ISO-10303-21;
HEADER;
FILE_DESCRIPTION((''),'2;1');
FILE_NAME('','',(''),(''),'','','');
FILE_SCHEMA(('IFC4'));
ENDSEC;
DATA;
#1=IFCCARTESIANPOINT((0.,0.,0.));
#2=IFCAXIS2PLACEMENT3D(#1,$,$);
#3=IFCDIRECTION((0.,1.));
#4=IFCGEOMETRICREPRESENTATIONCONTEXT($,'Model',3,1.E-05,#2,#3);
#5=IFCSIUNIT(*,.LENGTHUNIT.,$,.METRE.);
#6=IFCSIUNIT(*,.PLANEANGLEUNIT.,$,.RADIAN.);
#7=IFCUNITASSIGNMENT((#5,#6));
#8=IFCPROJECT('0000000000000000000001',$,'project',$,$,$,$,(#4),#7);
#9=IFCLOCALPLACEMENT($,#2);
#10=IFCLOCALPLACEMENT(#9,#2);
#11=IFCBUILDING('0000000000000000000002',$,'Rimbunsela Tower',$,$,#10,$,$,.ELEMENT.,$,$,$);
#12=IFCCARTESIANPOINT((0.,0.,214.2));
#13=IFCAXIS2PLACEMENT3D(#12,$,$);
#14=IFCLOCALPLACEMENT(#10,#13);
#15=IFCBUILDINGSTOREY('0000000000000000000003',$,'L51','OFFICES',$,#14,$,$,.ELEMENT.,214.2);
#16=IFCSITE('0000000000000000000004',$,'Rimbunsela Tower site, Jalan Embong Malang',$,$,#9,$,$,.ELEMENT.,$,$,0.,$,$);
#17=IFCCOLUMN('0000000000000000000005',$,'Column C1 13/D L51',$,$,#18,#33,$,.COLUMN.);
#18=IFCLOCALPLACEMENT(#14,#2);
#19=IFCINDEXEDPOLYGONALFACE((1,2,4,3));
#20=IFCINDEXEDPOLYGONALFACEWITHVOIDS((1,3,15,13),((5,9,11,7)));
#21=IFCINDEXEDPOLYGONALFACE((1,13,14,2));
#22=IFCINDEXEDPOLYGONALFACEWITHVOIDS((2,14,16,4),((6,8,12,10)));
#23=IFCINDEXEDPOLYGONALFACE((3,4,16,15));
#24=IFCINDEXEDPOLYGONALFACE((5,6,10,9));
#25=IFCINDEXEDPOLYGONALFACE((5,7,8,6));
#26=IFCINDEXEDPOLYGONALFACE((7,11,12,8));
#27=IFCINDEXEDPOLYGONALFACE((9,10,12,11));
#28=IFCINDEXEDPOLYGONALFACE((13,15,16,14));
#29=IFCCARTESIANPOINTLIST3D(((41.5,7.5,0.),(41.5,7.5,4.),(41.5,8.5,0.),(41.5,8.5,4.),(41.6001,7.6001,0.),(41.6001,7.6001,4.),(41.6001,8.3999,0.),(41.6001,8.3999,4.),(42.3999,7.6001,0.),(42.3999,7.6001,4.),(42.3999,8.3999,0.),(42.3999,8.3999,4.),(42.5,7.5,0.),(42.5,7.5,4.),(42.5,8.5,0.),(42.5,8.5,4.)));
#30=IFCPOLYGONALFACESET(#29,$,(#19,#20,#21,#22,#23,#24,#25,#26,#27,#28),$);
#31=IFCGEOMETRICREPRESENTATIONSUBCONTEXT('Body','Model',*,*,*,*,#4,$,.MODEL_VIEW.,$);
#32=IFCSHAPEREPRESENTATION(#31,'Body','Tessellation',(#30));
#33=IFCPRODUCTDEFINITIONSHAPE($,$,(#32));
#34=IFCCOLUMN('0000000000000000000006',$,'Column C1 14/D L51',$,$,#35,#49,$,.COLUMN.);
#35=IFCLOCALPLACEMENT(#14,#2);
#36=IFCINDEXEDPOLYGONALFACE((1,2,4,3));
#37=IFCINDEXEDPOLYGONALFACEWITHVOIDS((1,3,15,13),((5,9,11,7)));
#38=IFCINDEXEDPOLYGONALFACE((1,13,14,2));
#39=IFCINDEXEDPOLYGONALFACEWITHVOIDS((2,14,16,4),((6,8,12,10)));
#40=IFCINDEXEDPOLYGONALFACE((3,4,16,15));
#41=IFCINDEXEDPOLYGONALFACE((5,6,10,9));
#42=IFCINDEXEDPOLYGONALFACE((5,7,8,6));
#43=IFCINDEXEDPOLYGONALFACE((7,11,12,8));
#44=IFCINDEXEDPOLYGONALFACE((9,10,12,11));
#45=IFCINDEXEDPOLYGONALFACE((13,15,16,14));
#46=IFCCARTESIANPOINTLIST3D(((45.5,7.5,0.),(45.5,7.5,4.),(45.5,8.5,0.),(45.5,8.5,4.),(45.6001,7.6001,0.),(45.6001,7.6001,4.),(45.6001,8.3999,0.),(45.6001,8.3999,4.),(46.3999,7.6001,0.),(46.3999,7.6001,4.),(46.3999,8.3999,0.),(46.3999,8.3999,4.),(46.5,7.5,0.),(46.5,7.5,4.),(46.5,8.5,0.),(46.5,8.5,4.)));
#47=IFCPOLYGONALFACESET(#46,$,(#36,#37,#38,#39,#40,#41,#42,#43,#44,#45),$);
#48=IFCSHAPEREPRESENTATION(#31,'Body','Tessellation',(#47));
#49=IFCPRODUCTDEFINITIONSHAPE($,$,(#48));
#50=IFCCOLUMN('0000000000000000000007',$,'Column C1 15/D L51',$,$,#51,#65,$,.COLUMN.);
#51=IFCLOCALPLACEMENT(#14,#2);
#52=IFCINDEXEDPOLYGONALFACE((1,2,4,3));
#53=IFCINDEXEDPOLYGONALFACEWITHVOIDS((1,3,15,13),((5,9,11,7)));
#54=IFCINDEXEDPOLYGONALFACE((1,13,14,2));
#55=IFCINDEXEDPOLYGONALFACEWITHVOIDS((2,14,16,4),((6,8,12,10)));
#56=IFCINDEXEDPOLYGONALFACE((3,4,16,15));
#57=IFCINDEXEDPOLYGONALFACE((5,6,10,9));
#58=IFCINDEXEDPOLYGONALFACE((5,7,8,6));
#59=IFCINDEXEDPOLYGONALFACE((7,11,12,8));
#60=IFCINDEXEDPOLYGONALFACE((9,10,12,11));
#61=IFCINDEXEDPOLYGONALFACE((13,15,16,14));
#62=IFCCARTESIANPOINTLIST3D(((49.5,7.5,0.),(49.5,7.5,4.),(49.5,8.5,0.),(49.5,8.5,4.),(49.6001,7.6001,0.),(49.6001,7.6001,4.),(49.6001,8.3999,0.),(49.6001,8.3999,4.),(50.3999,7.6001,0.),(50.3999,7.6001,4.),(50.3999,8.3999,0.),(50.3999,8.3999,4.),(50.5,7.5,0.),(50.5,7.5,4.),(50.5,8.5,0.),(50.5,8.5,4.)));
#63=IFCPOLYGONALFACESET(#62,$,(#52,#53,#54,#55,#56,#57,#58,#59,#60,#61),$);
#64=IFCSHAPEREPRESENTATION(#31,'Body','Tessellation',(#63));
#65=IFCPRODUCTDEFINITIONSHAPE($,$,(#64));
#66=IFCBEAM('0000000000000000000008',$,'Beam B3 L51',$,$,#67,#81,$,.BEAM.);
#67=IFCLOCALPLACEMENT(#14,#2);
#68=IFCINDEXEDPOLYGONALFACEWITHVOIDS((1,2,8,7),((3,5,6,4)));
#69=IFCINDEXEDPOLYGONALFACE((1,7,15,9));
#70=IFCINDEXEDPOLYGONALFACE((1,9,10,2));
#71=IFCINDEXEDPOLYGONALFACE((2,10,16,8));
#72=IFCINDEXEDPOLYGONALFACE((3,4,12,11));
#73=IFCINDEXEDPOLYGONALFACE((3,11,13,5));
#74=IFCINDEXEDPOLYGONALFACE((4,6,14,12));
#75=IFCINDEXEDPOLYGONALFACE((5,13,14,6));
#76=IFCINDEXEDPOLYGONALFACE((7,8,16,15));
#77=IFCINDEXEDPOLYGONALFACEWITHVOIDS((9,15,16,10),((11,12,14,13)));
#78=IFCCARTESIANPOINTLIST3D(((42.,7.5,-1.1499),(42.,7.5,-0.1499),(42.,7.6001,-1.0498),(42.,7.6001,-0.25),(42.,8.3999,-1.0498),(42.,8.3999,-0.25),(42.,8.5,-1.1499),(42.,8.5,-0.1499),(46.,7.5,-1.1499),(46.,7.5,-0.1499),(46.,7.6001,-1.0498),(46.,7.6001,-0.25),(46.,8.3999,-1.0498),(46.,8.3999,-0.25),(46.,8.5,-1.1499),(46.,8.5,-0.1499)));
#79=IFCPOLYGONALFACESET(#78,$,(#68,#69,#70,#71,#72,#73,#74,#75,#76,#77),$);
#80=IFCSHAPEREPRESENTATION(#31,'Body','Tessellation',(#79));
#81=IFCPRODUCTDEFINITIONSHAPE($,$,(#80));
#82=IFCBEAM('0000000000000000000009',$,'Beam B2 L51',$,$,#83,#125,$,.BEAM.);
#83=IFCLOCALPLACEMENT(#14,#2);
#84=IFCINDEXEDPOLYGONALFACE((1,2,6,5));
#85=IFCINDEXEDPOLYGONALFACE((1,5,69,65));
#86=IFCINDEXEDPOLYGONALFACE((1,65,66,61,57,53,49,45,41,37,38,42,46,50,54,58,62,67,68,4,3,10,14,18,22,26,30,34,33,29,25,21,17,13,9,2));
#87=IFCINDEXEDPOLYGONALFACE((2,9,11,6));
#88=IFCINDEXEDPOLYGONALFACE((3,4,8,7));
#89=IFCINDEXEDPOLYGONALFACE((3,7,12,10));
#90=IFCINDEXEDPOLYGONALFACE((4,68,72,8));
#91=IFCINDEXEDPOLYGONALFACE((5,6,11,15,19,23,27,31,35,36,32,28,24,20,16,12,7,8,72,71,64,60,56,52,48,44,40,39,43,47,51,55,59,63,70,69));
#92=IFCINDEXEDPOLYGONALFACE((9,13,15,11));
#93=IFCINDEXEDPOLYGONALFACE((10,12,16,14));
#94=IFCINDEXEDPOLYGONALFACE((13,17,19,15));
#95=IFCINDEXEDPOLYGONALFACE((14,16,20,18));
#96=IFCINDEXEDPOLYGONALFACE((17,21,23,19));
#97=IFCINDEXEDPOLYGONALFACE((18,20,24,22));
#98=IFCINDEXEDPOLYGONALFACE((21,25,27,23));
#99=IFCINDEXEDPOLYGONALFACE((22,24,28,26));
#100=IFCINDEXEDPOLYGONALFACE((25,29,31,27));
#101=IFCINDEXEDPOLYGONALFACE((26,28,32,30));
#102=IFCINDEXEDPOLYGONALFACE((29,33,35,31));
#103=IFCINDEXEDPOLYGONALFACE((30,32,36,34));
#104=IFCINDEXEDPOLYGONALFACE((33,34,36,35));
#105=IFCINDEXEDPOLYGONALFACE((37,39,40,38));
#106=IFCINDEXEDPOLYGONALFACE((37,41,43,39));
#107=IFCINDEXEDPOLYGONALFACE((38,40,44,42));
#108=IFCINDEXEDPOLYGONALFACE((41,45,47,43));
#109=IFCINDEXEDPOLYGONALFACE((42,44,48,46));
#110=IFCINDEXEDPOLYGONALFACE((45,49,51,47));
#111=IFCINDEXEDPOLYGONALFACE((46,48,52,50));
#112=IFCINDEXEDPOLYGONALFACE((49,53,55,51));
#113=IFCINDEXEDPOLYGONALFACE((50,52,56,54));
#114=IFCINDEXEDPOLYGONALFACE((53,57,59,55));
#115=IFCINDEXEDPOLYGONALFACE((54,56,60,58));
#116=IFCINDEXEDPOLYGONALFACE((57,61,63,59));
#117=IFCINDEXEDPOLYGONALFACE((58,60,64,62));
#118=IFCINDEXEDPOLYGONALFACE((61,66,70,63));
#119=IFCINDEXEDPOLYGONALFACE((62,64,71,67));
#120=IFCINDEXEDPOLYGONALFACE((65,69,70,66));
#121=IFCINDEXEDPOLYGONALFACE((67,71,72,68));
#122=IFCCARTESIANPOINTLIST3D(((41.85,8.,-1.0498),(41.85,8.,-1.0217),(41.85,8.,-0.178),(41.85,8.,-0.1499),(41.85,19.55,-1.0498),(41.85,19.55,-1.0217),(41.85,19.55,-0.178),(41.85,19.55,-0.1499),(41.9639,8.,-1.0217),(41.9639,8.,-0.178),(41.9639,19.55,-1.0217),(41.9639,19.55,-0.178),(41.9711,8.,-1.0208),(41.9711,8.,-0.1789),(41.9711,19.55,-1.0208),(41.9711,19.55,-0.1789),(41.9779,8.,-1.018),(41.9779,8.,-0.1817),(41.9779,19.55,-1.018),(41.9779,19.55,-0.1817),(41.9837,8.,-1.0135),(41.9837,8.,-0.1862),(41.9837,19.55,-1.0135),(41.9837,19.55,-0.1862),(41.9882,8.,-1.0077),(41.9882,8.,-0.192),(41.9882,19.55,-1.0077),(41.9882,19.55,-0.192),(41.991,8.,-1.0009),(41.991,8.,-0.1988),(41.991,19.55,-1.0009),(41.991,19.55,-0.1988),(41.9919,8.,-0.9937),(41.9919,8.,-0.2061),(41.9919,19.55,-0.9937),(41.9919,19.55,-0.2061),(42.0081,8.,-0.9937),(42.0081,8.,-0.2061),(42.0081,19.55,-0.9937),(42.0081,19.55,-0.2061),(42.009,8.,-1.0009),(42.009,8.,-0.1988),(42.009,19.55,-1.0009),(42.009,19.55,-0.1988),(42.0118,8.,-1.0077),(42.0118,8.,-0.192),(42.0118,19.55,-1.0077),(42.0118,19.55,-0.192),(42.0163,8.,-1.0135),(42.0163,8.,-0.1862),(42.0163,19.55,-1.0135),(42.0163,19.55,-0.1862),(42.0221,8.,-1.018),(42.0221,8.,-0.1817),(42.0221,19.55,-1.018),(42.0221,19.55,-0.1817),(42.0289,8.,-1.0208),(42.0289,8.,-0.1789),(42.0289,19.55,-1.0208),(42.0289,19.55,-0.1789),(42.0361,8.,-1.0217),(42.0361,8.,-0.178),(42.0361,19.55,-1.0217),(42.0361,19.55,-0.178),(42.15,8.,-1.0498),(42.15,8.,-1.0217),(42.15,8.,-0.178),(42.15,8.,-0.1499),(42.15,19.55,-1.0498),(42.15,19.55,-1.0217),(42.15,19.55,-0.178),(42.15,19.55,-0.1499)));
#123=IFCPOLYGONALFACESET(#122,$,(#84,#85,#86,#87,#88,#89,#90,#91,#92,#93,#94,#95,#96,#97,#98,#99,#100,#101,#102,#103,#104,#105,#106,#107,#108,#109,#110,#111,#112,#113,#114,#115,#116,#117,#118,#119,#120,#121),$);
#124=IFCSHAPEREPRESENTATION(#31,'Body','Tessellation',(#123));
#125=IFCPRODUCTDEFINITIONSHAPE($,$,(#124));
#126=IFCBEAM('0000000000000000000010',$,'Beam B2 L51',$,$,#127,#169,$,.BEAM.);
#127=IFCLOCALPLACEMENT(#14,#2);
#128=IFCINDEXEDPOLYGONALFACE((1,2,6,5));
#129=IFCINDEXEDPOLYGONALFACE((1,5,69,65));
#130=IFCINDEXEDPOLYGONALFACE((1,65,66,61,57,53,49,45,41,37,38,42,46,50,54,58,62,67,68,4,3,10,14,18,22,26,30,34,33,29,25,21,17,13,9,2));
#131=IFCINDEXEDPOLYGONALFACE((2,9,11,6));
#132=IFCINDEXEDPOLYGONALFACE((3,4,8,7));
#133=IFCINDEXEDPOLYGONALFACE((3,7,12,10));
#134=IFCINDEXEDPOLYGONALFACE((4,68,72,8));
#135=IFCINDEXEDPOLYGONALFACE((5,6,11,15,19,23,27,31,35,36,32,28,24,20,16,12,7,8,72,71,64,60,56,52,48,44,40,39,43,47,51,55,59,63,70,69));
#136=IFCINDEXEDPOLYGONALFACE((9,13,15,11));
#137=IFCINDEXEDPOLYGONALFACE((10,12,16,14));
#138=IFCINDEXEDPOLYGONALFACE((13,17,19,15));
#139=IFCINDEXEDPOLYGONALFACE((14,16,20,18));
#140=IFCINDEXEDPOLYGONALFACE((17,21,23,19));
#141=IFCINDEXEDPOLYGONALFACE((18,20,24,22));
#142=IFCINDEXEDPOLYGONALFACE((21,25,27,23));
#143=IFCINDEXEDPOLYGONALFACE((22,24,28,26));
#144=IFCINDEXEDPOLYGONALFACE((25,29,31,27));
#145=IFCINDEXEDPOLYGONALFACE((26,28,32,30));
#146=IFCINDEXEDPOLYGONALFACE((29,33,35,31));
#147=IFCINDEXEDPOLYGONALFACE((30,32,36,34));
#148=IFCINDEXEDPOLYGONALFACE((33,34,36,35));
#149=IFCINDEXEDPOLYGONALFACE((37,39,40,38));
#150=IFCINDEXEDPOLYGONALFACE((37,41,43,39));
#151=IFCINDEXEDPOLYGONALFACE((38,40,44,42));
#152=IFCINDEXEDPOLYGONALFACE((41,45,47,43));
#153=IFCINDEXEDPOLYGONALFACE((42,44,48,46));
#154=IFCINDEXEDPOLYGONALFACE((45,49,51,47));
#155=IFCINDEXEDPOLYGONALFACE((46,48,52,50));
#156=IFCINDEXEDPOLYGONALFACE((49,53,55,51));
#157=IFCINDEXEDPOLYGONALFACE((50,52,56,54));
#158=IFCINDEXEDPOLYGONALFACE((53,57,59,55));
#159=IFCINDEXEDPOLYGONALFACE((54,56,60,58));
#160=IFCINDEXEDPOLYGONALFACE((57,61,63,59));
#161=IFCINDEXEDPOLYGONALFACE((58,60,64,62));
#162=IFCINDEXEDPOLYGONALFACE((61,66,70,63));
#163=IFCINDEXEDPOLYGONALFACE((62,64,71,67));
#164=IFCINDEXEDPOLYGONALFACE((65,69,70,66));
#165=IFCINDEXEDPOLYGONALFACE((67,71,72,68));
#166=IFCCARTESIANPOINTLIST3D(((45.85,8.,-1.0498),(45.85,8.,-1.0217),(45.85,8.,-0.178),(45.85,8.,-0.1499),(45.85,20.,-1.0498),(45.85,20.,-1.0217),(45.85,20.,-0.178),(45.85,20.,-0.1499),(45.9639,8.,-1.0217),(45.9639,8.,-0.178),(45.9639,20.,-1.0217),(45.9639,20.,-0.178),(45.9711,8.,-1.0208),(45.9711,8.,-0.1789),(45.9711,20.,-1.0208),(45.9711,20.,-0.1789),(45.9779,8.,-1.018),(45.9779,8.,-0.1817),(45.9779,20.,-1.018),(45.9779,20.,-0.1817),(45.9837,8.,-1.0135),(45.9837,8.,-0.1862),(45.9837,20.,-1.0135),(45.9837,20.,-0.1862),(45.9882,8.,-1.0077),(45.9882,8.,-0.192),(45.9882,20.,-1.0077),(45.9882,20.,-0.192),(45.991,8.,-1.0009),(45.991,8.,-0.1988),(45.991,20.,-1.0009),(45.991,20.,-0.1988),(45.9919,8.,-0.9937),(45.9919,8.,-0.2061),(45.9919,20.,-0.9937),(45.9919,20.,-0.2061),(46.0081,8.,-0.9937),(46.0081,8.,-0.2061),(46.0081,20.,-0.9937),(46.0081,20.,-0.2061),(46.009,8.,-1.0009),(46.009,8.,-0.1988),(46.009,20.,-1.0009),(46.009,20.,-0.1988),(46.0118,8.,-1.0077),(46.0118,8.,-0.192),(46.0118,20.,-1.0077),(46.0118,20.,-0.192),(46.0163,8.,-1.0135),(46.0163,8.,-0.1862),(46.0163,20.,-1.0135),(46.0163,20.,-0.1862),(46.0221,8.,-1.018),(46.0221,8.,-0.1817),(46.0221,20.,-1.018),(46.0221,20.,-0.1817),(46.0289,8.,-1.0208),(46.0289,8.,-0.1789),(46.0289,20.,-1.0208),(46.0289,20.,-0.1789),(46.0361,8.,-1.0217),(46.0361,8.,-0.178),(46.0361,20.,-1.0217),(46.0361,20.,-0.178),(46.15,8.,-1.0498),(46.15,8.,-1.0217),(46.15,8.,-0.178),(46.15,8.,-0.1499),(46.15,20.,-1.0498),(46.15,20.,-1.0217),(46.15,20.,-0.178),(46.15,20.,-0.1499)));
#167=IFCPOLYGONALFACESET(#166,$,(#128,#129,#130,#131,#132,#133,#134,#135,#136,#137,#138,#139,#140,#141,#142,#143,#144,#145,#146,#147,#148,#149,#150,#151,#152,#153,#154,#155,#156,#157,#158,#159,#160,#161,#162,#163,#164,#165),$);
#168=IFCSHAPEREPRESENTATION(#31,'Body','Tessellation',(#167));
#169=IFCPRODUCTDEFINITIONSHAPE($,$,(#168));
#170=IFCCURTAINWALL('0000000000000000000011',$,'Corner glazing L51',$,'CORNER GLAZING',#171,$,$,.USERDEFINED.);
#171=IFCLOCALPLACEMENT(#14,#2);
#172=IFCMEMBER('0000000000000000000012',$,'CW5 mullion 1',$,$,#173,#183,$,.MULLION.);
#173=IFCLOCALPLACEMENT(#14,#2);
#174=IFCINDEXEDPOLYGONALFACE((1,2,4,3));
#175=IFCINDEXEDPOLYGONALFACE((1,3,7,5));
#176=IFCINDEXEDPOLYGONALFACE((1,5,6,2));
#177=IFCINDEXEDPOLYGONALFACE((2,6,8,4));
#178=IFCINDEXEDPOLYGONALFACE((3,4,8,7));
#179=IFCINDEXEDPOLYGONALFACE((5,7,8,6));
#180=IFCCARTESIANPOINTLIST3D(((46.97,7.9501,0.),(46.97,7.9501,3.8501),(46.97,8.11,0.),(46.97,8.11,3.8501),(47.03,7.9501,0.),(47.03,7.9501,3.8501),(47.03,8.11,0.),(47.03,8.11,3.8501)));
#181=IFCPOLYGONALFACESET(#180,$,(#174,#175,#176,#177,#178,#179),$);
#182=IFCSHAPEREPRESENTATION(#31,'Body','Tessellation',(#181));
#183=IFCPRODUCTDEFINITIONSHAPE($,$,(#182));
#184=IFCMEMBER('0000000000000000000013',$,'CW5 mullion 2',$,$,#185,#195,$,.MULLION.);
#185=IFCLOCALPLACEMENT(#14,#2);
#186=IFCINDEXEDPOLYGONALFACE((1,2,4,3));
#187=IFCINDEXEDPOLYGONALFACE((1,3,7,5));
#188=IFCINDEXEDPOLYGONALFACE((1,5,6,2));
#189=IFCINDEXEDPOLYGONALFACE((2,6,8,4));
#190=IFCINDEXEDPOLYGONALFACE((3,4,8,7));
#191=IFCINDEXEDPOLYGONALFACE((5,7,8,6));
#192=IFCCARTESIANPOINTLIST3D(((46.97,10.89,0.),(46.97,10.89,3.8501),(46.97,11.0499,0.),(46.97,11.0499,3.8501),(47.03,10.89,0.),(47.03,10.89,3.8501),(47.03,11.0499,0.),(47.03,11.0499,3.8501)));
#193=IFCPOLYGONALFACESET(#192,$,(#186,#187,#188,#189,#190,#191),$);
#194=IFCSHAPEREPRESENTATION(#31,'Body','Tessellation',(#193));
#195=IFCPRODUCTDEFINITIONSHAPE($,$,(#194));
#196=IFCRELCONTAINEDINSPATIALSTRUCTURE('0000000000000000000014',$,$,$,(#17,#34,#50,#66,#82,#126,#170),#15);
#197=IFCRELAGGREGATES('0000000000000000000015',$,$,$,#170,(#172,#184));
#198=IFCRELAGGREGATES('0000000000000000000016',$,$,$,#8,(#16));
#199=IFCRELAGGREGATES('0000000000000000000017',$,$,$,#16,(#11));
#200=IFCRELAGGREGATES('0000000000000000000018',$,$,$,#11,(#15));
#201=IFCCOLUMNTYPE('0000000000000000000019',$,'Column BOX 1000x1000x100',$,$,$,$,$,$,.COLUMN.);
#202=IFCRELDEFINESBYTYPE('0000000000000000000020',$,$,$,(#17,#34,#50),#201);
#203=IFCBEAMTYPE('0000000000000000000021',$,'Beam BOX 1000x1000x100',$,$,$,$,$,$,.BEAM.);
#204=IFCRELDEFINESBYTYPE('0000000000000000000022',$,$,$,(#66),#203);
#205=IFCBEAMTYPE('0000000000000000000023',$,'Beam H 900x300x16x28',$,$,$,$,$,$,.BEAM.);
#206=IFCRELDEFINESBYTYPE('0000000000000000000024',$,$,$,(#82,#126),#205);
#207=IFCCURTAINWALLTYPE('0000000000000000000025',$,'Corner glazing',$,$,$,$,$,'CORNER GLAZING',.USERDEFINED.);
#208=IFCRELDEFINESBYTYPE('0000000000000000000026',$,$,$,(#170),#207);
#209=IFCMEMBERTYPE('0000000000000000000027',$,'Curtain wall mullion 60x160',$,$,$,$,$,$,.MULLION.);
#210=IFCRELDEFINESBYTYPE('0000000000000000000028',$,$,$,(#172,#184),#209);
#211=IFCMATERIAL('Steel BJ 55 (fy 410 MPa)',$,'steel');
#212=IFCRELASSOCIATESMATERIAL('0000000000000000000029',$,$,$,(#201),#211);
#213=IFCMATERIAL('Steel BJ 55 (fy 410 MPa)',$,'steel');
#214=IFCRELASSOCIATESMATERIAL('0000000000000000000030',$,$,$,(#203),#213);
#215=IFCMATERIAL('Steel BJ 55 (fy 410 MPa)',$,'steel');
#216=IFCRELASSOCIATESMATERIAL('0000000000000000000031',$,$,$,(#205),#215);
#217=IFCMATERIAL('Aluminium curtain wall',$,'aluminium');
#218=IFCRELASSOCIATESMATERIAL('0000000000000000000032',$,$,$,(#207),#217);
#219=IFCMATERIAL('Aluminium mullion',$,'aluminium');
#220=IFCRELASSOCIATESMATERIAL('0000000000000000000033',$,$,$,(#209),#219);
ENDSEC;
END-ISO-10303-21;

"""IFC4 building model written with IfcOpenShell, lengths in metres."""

from ifc_helpers import new_model, si_unit, direction, frame, origin, origin_2d, place, context, subcontext, project, spatial, rectangle, hollow_rectangle, i_section, extrude, material, material_profile, profile_set, type_object, element, aggregate, save


model = new_model("IFC4")

# Units and contexts
model_context = context("Model", 3, precision=1e-05, world=origin(), true_north=direction((0.0, 1.0)))
body_context = subcontext(model_context, "Body", "Model", "MODEL_VIEW")
ifc_project = project(units=[si_unit("LENGTHUNIT", "METRE"), si_unit("PLANEANGLEUNIT", "RADIAN")], contexts=[model_context])

# Site, building, storey
site_placement = place(None, origin())
site = spatial("IfcSite", under=ifc_project, at=site_placement, Name="Rimbunsela Tower site, Jalan Embong Malang", CompositionType="ELEMENT", RefElevation=0.0)
building_placement = place(site_placement, origin())
building = spatial("IfcBuilding", under=site, at=building_placement, Name="Rimbunsela Tower", CompositionType="ELEMENT")
storey_placement = place(building_placement, frame((0.0, 0.0, 214.2)))
storey = spatial("IfcBuildingStorey", under=building, at=storey_placement, Name="L51", Description="OFFICES", CompositionType="ELEMENT", Elevation=214.2)

# Columns
ifc_material_1 = material(Name="Steel BJ 55 (fy 410 MPa)", Category="steel")
ifc_material_profile_1 = material_profile(ifc_material_1, hollow_rectangle(XDim=1.0, YDim=1.0, WallThickness=0.1001, at=origin_2d()), Name="BOX 1000x1000x100")
ifc_profile_set_1 = profile_set([ifc_material_profile_1], Name="Steel BJ 55 (fy 410 MPa)")
column_type = type_object("IfcColumnType", Name="Column BOX 1000x1000x100", PredefinedType="COLUMN", material=ifc_profile_set_1)
for number, where, z_axis, x_axis, name in (
    (1, (42.0, 8.0, 0.0), (0.0, 0.0, 1.0), (1.0, 0.0, 0.0), "Column C1 13/D L51"),
    (2, (46.0, 8.0, 0.0), (0.0, 0.0, 1.0), (1.0, 0.0, 0.0), "Column C1 14/D L51"),
    (3, (50.0, 8.0, 0.0), (0.0, 0.0, 1.0), (1.0, 0.0, 0.0), "Column C1 15/D L51"),
):
    element("IfcColumn", number, at=place(storey_placement, frame(where, z_axis=z_axis, x_axis=x_axis)), inside=storey, type_object=column_type, Name=name, PredefinedType="COLUMN", context=body_context, shape_type="SweptSolid", body=[
        extrude(hollow_rectangle(XDim=1.0, YDim=1.0, WallThickness=0.1001, at=origin_2d()), origin(), (0.0, 0.0, 1.0), 4.0),
    ])

# Beams
ifc_material_2 = material(Name="Steel BJ 55 (fy 410 MPa)", Category="steel")
ifc_material_profile_2 = material_profile(ifc_material_2, hollow_rectangle(XDim=1.0, YDim=1.0, WallThickness=0.1001, at=origin_2d()), Name="BOX 1000x1000x100")
ifc_profile_set_2 = profile_set([ifc_material_profile_2], Name="Steel BJ 55 (fy 410 MPa)")
beam_type_1 = type_object("IfcBeamType", Name="Beam BOX 1000x1000x100", PredefinedType="BEAM", material=ifc_profile_set_2)
beam_1_placement = place(storey_placement, frame((42.0, 8.0, -0.6499), z_axis=(1.0, 0.0, 0.0), x_axis=(0.0, 1.0, 0.0)))
element("IfcBeam", 4, at=beam_1_placement, inside=storey, type_object=beam_type_1, Name="Beam B3 L51", PredefinedType="BEAM", context=body_context, shape_type="SweptSolid", body=[
    extrude(hollow_rectangle(XDim=1.0, YDim=1.0, WallThickness=0.1001, at=origin_2d()), origin(), (0.0, 0.0, 1.0), 4.0),
])
ifc_material_3 = material(Name="Steel BJ 55 (fy 410 MPa)", Category="steel")
ifc_material_profile_3 = material_profile(ifc_material_3, i_section(OverallWidth=0.3, OverallDepth=0.8999, WebThickness=0.0161, FlangeThickness=0.0281, FilletRadius=0.0281, at=origin_2d()), Name="H 900x300x16x28")
ifc_profile_set_3 = profile_set([ifc_material_profile_3], Name="Steel BJ 55 (fy 410 MPa)")
beam_type_2 = type_object("IfcBeamType", Name="Beam H 900x300x16x28", PredefinedType="BEAM", material=ifc_profile_set_3)
beam_2_placement = place(storey_placement, frame((42.0, 8.0, -0.5999), z_axis=(0.0, 1.0, 0.0), x_axis=(-1.0, 0.0, 0.0)))
element("IfcBeam", 5, at=beam_2_placement, inside=storey, type_object=beam_type_2, Name="Beam B2 L51", PredefinedType="BEAM", context=body_context, shape_type="SweptSolid", body=[
    extrude(i_section(OverallWidth=0.3, OverallDepth=0.8999, WebThickness=0.0161, FlangeThickness=0.0281, FilletRadius=0.0281, at=origin_2d()), origin(), (0.0, 0.0, 1.0), 11.55),
])
beam_3_placement = place(storey_placement, frame((46.0, 8.0, -0.5999), z_axis=(0.0, 1.0, 0.0), x_axis=(-1.0, 0.0, 0.0)))
element("IfcBeam", 6, at=beam_3_placement, inside=storey, type_object=beam_type_2, Name="Beam B2 L51", PredefinedType="BEAM", context=body_context, shape_type="SweptSolid", body=[
    extrude(i_section(OverallWidth=0.3, OverallDepth=0.8999, WebThickness=0.0161, FlangeThickness=0.0281, FilletRadius=0.0281, at=origin_2d()), origin(), (0.0, 0.0, 1.0), 12.0),
])

# Curtain wall, members
ifc_material_4 = material(Name="Aluminium curtain wall", Category="aluminium")
curtain_wall_type = type_object("IfcCurtainWallType", Name="Corner glazing", ElementType="CORNER GLAZING", PredefinedType="USERDEFINED", material=ifc_material_4)
curtain_wall_1_placement = place(storey_placement, origin())
curtain_wall_1 = element("IfcCurtainWall", 7, at=curtain_wall_1_placement, inside=storey, type_object=curtain_wall_type, Name="Corner glazing L51", ObjectType="CORNER GLAZING", PredefinedType="USERDEFINED")
ifc_material_5 = material(Name="Aluminium mullion", Category="aluminium")
ifc_material_profile_4 = material_profile(ifc_material_5, rectangle(XDim=0.0601, YDim=0.1599, at=origin_2d()), Name="Mullion 60x160")
ifc_profile_set_4 = profile_set([ifc_material_profile_4], Name="Aluminium mullion")
member_type_1 = type_object("IfcMemberType", Name="Curtain wall mullion 60x160", PredefinedType="MULLION", material=ifc_profile_set_4)
member_1_placement = place(storey_placement, frame((47.0, 8.03, 0.0), z_axis=(0.0, 0.0, 1.0), x_axis=(-1.0, 0.0, 0.0)))
member_1 = element("IfcMember", 8, at=member_1_placement, type_object=member_type_1, Name="CW5 mullion 1", PredefinedType="MULLION", context=body_context, shape_type="SweptSolid", body=[
    extrude(rectangle(XDim=0.0601, YDim=0.1599, at=origin_2d()), origin(), (0.0, 0.0, 1.0), 3.8501),
])
member_2_placement = place(storey_placement, frame((47.0, 10.97, 0.0), z_axis=(0.0, 0.0, 1.0), x_axis=(-1.0, 0.0, 0.0)))
member_2 = element("IfcMember", 9, at=member_2_placement, type_object=member_type_1, Name="CW5 mullion 2", PredefinedType="MULLION", context=body_context, shape_type="SweptSolid", body=[
    extrude(rectangle(XDim=0.0601, YDim=0.1599, at=origin_2d()), origin(), (0.0, 0.0, 1.0), 3.8501),
])

aggregate(curtain_wall_1, [member_1, member_2])

save(model, "model.ifc")
